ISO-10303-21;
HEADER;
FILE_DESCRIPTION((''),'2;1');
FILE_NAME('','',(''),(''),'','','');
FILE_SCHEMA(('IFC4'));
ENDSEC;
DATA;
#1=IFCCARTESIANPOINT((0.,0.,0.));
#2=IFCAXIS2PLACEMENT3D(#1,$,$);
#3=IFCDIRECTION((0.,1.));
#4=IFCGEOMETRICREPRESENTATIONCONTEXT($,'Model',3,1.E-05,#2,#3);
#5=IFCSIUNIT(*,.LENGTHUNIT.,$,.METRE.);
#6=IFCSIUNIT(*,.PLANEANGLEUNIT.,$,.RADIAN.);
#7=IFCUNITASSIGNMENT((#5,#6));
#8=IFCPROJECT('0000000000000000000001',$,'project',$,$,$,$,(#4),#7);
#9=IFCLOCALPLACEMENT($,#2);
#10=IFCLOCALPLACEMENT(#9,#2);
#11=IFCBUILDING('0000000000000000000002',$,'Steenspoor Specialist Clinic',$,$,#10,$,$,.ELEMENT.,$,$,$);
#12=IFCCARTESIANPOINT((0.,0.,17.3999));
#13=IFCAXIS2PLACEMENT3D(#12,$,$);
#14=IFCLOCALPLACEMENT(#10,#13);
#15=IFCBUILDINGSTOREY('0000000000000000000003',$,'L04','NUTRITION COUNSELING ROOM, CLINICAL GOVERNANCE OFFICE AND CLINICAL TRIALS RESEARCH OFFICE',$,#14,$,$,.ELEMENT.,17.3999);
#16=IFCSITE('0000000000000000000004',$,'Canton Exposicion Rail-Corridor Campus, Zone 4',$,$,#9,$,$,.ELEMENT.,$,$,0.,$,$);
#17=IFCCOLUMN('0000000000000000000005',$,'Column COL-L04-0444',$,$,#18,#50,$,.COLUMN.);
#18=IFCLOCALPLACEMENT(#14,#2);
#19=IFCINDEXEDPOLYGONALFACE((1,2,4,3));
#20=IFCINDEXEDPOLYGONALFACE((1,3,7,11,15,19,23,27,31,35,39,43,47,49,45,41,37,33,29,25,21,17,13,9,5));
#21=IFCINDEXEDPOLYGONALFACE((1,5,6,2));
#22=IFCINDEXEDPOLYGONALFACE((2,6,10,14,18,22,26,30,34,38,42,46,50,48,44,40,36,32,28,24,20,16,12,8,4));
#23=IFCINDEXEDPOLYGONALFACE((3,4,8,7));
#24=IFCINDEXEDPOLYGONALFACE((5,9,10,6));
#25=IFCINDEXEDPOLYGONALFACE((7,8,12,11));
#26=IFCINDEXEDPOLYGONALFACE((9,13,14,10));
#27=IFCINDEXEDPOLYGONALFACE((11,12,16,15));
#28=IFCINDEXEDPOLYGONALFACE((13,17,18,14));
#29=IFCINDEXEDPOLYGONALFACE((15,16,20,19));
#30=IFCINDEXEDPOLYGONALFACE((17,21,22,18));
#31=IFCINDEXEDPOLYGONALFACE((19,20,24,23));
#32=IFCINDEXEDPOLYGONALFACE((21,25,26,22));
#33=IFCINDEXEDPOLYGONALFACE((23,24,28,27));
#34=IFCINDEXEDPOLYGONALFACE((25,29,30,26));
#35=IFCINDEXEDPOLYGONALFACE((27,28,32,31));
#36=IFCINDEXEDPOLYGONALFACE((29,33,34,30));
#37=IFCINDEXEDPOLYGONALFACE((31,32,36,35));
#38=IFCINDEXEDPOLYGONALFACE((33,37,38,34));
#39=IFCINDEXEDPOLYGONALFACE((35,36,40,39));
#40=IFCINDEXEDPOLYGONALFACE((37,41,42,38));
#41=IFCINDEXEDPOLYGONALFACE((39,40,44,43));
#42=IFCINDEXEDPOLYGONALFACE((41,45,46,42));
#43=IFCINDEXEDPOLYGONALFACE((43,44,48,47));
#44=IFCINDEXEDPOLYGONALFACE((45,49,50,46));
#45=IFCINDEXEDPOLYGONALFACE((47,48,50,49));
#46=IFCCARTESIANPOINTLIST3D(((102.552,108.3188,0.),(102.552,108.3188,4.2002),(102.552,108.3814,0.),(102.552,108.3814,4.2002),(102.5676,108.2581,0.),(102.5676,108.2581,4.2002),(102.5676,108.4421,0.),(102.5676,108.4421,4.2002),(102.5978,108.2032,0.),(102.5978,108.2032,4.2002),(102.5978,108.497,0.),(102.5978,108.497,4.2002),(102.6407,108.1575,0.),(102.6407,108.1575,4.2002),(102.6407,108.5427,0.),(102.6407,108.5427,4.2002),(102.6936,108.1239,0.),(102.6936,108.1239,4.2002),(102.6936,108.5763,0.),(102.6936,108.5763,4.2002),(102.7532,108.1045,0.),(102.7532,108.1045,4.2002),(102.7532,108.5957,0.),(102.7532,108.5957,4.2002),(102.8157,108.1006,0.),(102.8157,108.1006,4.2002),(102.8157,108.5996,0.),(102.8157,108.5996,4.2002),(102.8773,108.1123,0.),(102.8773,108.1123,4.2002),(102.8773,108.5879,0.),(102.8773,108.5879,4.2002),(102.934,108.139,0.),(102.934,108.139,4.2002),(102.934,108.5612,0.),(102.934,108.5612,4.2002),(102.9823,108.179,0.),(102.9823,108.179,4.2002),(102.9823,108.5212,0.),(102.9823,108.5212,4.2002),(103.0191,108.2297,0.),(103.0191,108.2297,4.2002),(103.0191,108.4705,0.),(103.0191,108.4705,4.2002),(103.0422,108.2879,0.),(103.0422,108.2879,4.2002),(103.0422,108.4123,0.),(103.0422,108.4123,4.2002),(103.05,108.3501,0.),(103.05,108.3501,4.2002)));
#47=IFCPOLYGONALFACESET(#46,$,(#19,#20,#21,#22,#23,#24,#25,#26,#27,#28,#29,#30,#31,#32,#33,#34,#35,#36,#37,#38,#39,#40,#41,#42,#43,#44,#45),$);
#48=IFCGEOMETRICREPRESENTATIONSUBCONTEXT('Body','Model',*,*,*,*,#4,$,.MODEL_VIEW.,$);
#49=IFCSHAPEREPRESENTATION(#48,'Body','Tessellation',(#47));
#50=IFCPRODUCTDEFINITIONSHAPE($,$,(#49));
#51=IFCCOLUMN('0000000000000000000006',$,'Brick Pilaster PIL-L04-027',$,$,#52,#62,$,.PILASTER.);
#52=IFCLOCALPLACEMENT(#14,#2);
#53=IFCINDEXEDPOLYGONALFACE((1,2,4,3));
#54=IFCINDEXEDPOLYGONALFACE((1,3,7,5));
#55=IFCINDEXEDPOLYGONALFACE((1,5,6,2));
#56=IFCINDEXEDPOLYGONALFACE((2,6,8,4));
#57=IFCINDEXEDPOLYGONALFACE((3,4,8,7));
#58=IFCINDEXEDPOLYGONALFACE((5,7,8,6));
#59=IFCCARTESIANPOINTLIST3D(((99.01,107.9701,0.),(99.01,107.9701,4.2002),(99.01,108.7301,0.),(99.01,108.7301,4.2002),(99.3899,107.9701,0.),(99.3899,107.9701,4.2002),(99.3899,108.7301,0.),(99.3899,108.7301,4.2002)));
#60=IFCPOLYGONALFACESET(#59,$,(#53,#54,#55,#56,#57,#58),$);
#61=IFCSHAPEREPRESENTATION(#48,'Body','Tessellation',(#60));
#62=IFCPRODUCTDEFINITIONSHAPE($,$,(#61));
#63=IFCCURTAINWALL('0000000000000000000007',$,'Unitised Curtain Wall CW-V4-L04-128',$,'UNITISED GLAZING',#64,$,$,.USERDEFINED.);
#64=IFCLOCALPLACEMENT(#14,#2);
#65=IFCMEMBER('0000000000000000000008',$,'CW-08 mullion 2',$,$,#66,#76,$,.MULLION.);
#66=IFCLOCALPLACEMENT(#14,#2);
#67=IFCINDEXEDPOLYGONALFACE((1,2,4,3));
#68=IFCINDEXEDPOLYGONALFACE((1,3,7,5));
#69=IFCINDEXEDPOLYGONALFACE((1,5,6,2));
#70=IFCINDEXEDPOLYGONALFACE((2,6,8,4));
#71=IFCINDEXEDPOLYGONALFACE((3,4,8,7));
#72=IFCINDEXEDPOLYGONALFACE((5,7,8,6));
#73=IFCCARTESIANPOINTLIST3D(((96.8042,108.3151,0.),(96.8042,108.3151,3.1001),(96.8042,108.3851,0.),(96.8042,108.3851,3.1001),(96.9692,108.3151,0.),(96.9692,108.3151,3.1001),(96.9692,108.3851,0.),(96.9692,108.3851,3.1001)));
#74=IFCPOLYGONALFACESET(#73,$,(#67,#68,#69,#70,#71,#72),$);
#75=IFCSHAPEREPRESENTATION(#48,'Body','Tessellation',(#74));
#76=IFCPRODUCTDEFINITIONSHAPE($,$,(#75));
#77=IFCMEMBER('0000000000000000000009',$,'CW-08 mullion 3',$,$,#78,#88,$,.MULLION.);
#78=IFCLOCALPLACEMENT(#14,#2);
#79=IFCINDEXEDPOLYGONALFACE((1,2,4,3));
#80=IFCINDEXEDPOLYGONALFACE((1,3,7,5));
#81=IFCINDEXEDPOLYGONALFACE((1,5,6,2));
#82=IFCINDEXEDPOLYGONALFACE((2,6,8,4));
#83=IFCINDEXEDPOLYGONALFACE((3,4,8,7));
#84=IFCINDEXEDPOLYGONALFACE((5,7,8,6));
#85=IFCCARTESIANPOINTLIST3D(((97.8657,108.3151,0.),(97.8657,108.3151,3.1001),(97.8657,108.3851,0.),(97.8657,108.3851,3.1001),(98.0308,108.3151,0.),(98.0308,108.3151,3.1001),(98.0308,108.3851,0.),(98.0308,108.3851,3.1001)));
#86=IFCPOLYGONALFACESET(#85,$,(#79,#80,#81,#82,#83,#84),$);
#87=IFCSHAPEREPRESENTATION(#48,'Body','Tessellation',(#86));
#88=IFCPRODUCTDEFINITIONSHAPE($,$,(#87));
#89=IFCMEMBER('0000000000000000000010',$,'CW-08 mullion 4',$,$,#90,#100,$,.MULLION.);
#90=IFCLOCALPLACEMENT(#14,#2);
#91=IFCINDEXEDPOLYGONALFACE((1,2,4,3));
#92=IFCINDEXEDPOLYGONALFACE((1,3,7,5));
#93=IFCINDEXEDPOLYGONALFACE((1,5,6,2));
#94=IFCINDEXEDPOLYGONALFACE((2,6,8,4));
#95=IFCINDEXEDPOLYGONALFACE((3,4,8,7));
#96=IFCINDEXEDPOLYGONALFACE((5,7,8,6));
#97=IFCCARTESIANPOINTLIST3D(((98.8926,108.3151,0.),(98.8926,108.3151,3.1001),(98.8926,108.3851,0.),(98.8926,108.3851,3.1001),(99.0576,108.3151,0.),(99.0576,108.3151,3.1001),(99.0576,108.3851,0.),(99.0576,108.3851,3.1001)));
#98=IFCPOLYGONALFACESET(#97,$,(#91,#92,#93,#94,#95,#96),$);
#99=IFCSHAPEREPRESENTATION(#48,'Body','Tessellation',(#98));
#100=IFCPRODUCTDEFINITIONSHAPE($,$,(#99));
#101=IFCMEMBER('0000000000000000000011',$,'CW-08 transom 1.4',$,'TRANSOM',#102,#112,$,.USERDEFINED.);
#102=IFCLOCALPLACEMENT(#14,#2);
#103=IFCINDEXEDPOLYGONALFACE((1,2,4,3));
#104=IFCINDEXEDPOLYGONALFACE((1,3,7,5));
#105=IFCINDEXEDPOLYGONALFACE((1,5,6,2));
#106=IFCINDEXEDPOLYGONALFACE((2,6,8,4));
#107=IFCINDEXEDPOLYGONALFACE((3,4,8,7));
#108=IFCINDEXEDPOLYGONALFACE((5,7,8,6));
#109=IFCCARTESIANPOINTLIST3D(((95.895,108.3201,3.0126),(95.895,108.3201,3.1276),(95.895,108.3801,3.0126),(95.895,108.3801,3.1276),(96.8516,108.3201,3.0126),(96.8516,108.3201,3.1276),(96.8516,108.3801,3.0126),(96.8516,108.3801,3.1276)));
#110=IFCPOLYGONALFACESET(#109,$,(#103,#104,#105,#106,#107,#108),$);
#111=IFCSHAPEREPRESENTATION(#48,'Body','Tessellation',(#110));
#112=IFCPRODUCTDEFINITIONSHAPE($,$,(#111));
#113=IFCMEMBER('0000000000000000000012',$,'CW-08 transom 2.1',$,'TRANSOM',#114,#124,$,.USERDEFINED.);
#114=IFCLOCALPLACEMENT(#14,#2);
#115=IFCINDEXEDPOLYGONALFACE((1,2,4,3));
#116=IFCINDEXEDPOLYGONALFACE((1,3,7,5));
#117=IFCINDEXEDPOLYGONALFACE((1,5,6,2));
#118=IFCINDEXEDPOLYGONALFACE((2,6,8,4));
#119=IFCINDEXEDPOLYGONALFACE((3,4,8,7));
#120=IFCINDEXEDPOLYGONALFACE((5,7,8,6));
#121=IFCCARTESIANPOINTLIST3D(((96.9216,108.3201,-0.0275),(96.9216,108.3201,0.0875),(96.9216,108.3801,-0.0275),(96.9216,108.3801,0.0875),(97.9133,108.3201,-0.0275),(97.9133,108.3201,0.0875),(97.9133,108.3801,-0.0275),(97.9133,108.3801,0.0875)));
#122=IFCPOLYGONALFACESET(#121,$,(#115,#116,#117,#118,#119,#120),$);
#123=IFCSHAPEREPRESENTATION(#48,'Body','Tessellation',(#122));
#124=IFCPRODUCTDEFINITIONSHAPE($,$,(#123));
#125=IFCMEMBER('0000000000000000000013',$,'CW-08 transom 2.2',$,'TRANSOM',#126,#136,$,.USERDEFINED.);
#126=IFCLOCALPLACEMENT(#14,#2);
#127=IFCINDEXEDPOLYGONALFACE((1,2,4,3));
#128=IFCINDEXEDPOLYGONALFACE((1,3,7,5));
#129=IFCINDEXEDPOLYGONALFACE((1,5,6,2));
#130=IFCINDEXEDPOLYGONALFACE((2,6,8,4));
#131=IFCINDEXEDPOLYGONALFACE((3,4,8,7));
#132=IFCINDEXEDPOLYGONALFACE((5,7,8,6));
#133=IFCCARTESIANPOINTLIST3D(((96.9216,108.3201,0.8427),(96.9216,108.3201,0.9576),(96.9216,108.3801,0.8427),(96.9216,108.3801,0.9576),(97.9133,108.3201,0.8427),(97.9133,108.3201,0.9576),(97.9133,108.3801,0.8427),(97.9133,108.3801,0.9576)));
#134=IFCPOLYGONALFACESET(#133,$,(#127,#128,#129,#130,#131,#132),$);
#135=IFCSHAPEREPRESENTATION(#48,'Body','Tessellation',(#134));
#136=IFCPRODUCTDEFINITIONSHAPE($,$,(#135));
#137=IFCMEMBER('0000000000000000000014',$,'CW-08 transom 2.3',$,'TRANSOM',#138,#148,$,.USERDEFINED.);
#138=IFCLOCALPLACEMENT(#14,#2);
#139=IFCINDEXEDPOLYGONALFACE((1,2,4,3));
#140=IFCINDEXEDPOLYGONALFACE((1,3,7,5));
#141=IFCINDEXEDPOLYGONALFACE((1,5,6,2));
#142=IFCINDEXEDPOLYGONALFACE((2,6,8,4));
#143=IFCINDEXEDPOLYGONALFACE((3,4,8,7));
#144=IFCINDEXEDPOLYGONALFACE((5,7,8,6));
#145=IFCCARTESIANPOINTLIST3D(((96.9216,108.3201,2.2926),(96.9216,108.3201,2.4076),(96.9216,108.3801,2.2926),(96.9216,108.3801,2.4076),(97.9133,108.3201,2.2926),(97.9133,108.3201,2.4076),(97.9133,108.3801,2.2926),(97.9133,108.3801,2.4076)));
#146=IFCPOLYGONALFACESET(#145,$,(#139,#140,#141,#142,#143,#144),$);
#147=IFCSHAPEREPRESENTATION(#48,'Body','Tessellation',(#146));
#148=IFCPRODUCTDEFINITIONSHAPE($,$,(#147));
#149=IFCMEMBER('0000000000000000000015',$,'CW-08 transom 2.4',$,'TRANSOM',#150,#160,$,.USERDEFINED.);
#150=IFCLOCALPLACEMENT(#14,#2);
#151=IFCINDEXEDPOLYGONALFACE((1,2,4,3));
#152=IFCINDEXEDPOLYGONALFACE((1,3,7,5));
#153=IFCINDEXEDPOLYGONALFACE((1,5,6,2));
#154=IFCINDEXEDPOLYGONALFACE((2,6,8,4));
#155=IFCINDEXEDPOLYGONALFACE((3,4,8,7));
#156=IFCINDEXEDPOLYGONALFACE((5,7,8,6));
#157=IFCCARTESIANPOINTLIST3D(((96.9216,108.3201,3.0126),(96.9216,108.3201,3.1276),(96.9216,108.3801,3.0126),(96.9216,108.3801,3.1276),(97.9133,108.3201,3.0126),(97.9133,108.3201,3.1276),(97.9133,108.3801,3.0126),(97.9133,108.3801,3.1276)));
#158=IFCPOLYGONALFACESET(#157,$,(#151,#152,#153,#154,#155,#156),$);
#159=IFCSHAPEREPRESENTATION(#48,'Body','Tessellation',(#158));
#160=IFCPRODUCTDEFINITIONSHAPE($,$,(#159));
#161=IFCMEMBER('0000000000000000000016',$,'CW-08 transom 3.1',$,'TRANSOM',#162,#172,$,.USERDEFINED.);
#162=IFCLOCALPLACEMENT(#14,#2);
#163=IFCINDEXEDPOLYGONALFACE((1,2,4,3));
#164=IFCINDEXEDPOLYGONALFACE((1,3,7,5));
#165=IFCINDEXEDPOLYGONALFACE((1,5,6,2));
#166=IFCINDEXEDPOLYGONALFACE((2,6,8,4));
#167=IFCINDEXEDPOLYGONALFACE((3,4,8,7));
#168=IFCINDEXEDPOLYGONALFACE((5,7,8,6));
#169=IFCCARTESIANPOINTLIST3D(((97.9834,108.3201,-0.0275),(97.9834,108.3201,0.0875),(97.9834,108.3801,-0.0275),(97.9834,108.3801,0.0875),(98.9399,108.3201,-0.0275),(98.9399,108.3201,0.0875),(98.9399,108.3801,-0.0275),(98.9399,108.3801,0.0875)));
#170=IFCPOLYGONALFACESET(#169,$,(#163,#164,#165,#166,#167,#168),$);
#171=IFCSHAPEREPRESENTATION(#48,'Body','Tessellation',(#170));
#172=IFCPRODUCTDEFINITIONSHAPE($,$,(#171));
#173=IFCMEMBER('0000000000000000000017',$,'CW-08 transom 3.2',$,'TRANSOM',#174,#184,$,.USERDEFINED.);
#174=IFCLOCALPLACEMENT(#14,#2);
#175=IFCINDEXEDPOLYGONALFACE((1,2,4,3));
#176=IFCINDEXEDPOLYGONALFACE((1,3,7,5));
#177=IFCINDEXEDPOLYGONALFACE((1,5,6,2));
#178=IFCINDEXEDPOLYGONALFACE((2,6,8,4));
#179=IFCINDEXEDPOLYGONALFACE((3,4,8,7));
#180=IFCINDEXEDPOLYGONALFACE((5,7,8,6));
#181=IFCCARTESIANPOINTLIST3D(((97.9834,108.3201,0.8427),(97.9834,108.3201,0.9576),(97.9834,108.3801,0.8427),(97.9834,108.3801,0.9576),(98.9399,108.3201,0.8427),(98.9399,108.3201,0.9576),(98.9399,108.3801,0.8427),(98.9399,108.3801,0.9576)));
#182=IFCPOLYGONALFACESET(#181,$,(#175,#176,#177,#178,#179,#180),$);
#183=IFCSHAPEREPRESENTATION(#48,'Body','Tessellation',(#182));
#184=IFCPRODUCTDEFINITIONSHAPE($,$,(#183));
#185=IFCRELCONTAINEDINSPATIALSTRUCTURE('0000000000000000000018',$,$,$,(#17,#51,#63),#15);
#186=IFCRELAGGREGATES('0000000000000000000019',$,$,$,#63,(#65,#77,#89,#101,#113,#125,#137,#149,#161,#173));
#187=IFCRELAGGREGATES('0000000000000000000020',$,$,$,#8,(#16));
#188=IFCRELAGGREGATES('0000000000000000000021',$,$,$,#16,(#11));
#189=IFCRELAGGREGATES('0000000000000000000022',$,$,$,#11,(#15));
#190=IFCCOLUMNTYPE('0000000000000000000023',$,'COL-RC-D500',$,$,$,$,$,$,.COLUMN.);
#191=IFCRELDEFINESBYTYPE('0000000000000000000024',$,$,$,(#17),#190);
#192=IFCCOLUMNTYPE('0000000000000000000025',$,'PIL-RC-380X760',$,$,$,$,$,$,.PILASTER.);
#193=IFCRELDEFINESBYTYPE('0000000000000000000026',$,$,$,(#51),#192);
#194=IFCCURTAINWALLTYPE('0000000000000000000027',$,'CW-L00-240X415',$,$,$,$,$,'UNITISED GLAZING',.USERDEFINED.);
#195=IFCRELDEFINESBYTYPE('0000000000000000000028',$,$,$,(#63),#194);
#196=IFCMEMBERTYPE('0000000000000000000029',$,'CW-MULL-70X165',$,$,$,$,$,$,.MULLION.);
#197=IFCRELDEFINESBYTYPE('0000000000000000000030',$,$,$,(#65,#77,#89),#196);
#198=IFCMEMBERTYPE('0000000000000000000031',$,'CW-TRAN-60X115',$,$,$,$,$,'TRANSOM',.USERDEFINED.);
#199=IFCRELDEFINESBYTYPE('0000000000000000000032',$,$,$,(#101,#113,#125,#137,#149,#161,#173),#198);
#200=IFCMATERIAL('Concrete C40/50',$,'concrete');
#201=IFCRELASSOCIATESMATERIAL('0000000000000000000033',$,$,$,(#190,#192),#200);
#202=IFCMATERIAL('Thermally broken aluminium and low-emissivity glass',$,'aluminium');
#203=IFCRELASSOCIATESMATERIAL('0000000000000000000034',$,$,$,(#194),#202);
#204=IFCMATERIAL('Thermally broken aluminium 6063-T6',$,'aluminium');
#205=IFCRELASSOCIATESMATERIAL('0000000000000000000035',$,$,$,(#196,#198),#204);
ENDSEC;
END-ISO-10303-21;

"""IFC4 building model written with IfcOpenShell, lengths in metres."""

from ifc_helpers import new_model, si_unit, direction, frame, origin, origin_2d, place, context, subcontext, project, spatial, rectangle, circle, extrude, material, material_profile, profile_set, type_object, element, aggregate, save


model = new_model("IFC4")

# Units and contexts
model_context = context("Model", 3, precision=1e-05, world=origin(), true_north=direction((0.0, 1.0)))
body_context = subcontext(model_context, "Body", "Model", "MODEL_VIEW")
ifc_project = project(units=[si_unit("LENGTHUNIT", "METRE"), si_unit("PLANEANGLEUNIT", "RADIAN")], contexts=[model_context])

# Site, building, storey
site_placement = place(None, origin())
site = spatial("IfcSite", under=ifc_project, at=site_placement, Name="Canton Exposicion Rail-Corridor Campus, Zone 4", CompositionType="ELEMENT", RefElevation=0.0)
building_placement = place(site_placement, origin())
building = spatial("IfcBuilding", under=site, at=building_placement, Name="Steenspoor Specialist Clinic", CompositionType="ELEMENT")
storey_placement = place(building_placement, frame((0.0, 0.0, 17.3999)))
storey = spatial("IfcBuildingStorey", under=building, at=storey_placement, Name="L04", Description="NUTRITION COUNSELING ROOM, CLINICAL GOVERNANCE OFFICE AND CLINICAL TRIALS RESEARCH OFFICE", CompositionType="ELEMENT", Elevation=17.3999)

# Columns
ifc_material_1 = material(Name="Concrete C40/50", Category="concrete")
ifc_material_profile_1 = material_profile(ifc_material_1, circle(Radius=0.25, at=origin_2d()), Name="RC-COL-D500")
ifc_profile_set_1 = profile_set([ifc_material_profile_1], Name="Concrete C40/50")
column_type_1 = type_object("IfcColumnType", Name="COL-RC-D500", PredefinedType="COLUMN", material=ifc_profile_set_1)
column_1_placement = place(storey_placement, frame((102.8, 108.3501, 0.0), z_axis=(0.0, 0.0, 1.0), x_axis=(1.0, 0.0, 0.0)))
element("IfcColumn", 1, at=column_1_placement, inside=storey, type_object=column_type_1, Name="Column COL-L04-0444", PredefinedType="COLUMN", context=body_context, shape_type="SweptSolid", body=[
    extrude(circle(Radius=0.25, at=origin_2d()), origin(), (0.0, 0.0, 1.0), 4.2002),
])
ifc_material_profile_2 = material_profile(ifc_material_1, rectangle(XDim=0.3799, YDim=0.76, at=origin_2d()), Name="RC-PIL-380X760")
ifc_profile_set_2 = profile_set([ifc_material_profile_2], Name="Concrete C40/50")
column_type_2 = type_object("IfcColumnType", Name="PIL-RC-380X760", PredefinedType="PILASTER", material=ifc_profile_set_2)
column_2_placement = place(storey_placement, frame((99.2, 108.3501, 0.0), z_axis=(0.0, 0.0, 1.0), x_axis=(1.0, 0.0, 0.0)))
element("IfcColumn", 2, at=column_2_placement, inside=storey, type_object=column_type_2, Name="Brick Pilaster PIL-L04-027", PredefinedType="PILASTER", context=body_context, shape_type="SweptSolid", body=[
    extrude(rectangle(XDim=0.3799, YDim=0.76, at=origin_2d()), origin(), (0.0, 0.0, 1.0), 4.2002),
])

# Curtain wall, members
ifc_material_2 = material(Name="Thermally broken aluminium and low-emissivity glass", Category="aluminium")
curtain_wall_type = type_object("IfcCurtainWallType", Name="CW-L00-240X415", ElementType="UNITISED GLAZING", PredefinedType="USERDEFINED", material=ifc_material_2)
curtain_wall_placement = place(storey_placement, origin())
curtain_wall = element("IfcCurtainWall", 3, at=curtain_wall_placement, inside=storey, type_object=curtain_wall_type, Name="Unitised Curtain Wall CW-V4-L04-128", ObjectType="UNITISED GLAZING", PredefinedType="USERDEFINED")
ifc_material_3 = material(Name="Thermally broken aluminium 6063-T6", Category="aluminium")
ifc_material_profile_3 = material_profile(ifc_material_3, rectangle(XDim=0.0701, YDim=0.165, at=origin_2d()), Name="CWM-70X165")
ifc_profile_set_3 = profile_set([ifc_material_profile_3], Name="Thermally broken aluminium 6063-T6")
member_type_1 = type_object("IfcMemberType", Name="CW-MULL-70X165", PredefinedType="MULLION", material=ifc_profile_set_3)
member_1_placement = place(storey_placement, frame((96.8867, 108.3501, 0.0), z_axis=(0.0, 0.0, 1.0), x_axis=(0.0, 1.0, 0.0)))
member_1 = element("IfcMember", 4, at=member_1_placement, type_object=member_type_1, Name="CW-08 mullion 2", PredefinedType="MULLION", context=body_context, shape_type="SweptSolid", body=[
    extrude(rectangle(XDim=0.0701, YDim=0.165, at=origin_2d()), origin(), (0.0, 0.0, 1.0), 3.1001),
])
member_2_placement = place(storey_placement, frame((97.9482, 108.3501, 0.0), z_axis=(0.0, 0.0, 1.0), x_axis=(0.0, 1.0, 0.0)))
member_2 = element("IfcMember", 5, at=member_2_placement, type_object=member_type_1, Name="CW-08 mullion 3", PredefinedType="MULLION", context=body_context, shape_type="SweptSolid", body=[
    extrude(rectangle(XDim=0.0701, YDim=0.165, at=origin_2d()), origin(), (0.0, 0.0, 1.0), 3.1001),
])
member_3_placement = place(storey_placement, frame((98.9751, 108.3501, 0.0), z_axis=(0.0, 0.0, 1.0), x_axis=(0.0, 1.0, 0.0)))
member_3 = element("IfcMember", 6, at=member_3_placement, type_object=member_type_1, Name="CW-08 mullion 4", PredefinedType="MULLION", context=body_context, shape_type="SweptSolid", body=[
    extrude(rectangle(XDim=0.0701, YDim=0.165, at=origin_2d()), origin(), (0.0, 0.0, 1.0), 3.1001),
])
ifc_material_profile_4 = material_profile(ifc_material_3, rectangle(XDim=0.0601, YDim=0.115, at=origin_2d()), Name="CWT-60X115")
ifc_profile_set_4 = profile_set([ifc_material_profile_4], Name="Thermally broken aluminium 6063-T6")
member_type_2 = type_object("IfcMemberType", Name="CW-TRAN-60X115", ElementType="TRANSOM", PredefinedType="USERDEFINED", material=ifc_profile_set_4)
member_4_placement = place(storey_placement, frame((95.895, 108.3501, 3.0701), z_axis=(1.0, 0.0, 0.0), x_axis=(0.0, 1.0, 0.0)))
member_4 = element("IfcMember", 7, at=member_4_placement, type_object=member_type_2, Name="CW-08 transom 1.4", ObjectType="TRANSOM", PredefinedType="USERDEFINED", context=body_context, shape_type="SweptSolid", body=[
    extrude(rectangle(XDim=0.0601, YDim=0.115, at=origin_2d()), origin(), (0.0, 0.0, 1.0), 0.9565),
])
member_5_placement = place(storey_placement, frame((96.9216, 108.3501, 0.03), z_axis=(1.0, 0.0, 0.0), x_axis=(0.0, 1.0, 0.0)))
member_5 = element("IfcMember", 8, at=member_5_placement, type_object=member_type_2, Name="CW-08 transom 2.1", ObjectType="TRANSOM", PredefinedType="USERDEFINED", context=body_context, shape_type="SweptSolid", body=[
    extrude(rectangle(XDim=0.0601, YDim=0.115, at=origin_2d()), origin(), (0.0, 0.0, 1.0), 0.9917),
])
member_6_placement = place(storey_placement, frame((96.9216, 108.3501, 0.9001), z_axis=(1.0, 0.0, 0.0), x_axis=(0.0, 1.0, 0.0)))
member_6 = element("IfcMember", 9, at=member_6_placement, type_object=member_type_2, Name="CW-08 transom 2.2", ObjectType="TRANSOM", PredefinedType="USERDEFINED", context=body_context, shape_type="SweptSolid", body=[
    extrude(rectangle(XDim=0.0601, YDim=0.115, at=origin_2d()), origin(), (0.0, 0.0, 1.0), 0.9917),
])
member_7_placement = place(storey_placement, frame((96.9216, 108.3501, 2.3501), z_axis=(1.0, 0.0, 0.0), x_axis=(0.0, 1.0, 0.0)))
member_7 = element("IfcMember", 10, at=member_7_placement, type_object=member_type_2, Name="CW-08 transom 2.3", ObjectType="TRANSOM", PredefinedType="USERDEFINED", context=body_context, shape_type="SweptSolid", body=[
    extrude(rectangle(XDim=0.0601, YDim=0.115, at=origin_2d()), origin(), (0.0, 0.0, 1.0), 0.9917),
])
member_8_placement = place(storey_placement, frame((96.9216, 108.3501, 3.0701), z_axis=(1.0, 0.0, 0.0), x_axis=(0.0, 1.0, 0.0)))
member_8 = element("IfcMember", 11, at=member_8_placement, type_object=member_type_2, Name="CW-08 transom 2.4", ObjectType="TRANSOM", PredefinedType="USERDEFINED", context=body_context, shape_type="SweptSolid", body=[
    extrude(rectangle(XDim=0.0601, YDim=0.115, at=origin_2d()), origin(), (0.0, 0.0, 1.0), 0.9917),
])
member_9_placement = place(storey_placement, frame((97.9834, 108.3501, 0.03), z_axis=(1.0, 0.0, 0.0), x_axis=(0.0, 1.0, 0.0)))
member_9 = element("IfcMember", 12, at=member_9_placement, type_object=member_type_2, Name="CW-08 transom 3.1", ObjectType="TRANSOM", PredefinedType="USERDEFINED", context=body_context, shape_type="SweptSolid", body=[
    extrude(rectangle(XDim=0.0601, YDim=0.115, at=origin_2d()), origin(), (0.0, 0.0, 1.0), 0.9565),
])
member_10_placement = place(storey_placement, frame((97.9834, 108.3501, 0.9001), z_axis=(1.0, 0.0, 0.0), x_axis=(0.0, 1.0, 0.0)))
member_10 = element("IfcMember", 13, at=member_10_placement, type_object=member_type_2, Name="CW-08 transom 3.2", ObjectType="TRANSOM", PredefinedType="USERDEFINED", context=body_context, shape_type="SweptSolid", body=[
    extrude(rectangle(XDim=0.0601, YDim=0.115, at=origin_2d()), origin(), (0.0, 0.0, 1.0), 0.9565),
])

aggregate(curtain_wall, [member_1, member_2, member_3, member_4, member_5, member_6, member_7, member_8, member_9, member_10])

save(model, "model.ifc")
